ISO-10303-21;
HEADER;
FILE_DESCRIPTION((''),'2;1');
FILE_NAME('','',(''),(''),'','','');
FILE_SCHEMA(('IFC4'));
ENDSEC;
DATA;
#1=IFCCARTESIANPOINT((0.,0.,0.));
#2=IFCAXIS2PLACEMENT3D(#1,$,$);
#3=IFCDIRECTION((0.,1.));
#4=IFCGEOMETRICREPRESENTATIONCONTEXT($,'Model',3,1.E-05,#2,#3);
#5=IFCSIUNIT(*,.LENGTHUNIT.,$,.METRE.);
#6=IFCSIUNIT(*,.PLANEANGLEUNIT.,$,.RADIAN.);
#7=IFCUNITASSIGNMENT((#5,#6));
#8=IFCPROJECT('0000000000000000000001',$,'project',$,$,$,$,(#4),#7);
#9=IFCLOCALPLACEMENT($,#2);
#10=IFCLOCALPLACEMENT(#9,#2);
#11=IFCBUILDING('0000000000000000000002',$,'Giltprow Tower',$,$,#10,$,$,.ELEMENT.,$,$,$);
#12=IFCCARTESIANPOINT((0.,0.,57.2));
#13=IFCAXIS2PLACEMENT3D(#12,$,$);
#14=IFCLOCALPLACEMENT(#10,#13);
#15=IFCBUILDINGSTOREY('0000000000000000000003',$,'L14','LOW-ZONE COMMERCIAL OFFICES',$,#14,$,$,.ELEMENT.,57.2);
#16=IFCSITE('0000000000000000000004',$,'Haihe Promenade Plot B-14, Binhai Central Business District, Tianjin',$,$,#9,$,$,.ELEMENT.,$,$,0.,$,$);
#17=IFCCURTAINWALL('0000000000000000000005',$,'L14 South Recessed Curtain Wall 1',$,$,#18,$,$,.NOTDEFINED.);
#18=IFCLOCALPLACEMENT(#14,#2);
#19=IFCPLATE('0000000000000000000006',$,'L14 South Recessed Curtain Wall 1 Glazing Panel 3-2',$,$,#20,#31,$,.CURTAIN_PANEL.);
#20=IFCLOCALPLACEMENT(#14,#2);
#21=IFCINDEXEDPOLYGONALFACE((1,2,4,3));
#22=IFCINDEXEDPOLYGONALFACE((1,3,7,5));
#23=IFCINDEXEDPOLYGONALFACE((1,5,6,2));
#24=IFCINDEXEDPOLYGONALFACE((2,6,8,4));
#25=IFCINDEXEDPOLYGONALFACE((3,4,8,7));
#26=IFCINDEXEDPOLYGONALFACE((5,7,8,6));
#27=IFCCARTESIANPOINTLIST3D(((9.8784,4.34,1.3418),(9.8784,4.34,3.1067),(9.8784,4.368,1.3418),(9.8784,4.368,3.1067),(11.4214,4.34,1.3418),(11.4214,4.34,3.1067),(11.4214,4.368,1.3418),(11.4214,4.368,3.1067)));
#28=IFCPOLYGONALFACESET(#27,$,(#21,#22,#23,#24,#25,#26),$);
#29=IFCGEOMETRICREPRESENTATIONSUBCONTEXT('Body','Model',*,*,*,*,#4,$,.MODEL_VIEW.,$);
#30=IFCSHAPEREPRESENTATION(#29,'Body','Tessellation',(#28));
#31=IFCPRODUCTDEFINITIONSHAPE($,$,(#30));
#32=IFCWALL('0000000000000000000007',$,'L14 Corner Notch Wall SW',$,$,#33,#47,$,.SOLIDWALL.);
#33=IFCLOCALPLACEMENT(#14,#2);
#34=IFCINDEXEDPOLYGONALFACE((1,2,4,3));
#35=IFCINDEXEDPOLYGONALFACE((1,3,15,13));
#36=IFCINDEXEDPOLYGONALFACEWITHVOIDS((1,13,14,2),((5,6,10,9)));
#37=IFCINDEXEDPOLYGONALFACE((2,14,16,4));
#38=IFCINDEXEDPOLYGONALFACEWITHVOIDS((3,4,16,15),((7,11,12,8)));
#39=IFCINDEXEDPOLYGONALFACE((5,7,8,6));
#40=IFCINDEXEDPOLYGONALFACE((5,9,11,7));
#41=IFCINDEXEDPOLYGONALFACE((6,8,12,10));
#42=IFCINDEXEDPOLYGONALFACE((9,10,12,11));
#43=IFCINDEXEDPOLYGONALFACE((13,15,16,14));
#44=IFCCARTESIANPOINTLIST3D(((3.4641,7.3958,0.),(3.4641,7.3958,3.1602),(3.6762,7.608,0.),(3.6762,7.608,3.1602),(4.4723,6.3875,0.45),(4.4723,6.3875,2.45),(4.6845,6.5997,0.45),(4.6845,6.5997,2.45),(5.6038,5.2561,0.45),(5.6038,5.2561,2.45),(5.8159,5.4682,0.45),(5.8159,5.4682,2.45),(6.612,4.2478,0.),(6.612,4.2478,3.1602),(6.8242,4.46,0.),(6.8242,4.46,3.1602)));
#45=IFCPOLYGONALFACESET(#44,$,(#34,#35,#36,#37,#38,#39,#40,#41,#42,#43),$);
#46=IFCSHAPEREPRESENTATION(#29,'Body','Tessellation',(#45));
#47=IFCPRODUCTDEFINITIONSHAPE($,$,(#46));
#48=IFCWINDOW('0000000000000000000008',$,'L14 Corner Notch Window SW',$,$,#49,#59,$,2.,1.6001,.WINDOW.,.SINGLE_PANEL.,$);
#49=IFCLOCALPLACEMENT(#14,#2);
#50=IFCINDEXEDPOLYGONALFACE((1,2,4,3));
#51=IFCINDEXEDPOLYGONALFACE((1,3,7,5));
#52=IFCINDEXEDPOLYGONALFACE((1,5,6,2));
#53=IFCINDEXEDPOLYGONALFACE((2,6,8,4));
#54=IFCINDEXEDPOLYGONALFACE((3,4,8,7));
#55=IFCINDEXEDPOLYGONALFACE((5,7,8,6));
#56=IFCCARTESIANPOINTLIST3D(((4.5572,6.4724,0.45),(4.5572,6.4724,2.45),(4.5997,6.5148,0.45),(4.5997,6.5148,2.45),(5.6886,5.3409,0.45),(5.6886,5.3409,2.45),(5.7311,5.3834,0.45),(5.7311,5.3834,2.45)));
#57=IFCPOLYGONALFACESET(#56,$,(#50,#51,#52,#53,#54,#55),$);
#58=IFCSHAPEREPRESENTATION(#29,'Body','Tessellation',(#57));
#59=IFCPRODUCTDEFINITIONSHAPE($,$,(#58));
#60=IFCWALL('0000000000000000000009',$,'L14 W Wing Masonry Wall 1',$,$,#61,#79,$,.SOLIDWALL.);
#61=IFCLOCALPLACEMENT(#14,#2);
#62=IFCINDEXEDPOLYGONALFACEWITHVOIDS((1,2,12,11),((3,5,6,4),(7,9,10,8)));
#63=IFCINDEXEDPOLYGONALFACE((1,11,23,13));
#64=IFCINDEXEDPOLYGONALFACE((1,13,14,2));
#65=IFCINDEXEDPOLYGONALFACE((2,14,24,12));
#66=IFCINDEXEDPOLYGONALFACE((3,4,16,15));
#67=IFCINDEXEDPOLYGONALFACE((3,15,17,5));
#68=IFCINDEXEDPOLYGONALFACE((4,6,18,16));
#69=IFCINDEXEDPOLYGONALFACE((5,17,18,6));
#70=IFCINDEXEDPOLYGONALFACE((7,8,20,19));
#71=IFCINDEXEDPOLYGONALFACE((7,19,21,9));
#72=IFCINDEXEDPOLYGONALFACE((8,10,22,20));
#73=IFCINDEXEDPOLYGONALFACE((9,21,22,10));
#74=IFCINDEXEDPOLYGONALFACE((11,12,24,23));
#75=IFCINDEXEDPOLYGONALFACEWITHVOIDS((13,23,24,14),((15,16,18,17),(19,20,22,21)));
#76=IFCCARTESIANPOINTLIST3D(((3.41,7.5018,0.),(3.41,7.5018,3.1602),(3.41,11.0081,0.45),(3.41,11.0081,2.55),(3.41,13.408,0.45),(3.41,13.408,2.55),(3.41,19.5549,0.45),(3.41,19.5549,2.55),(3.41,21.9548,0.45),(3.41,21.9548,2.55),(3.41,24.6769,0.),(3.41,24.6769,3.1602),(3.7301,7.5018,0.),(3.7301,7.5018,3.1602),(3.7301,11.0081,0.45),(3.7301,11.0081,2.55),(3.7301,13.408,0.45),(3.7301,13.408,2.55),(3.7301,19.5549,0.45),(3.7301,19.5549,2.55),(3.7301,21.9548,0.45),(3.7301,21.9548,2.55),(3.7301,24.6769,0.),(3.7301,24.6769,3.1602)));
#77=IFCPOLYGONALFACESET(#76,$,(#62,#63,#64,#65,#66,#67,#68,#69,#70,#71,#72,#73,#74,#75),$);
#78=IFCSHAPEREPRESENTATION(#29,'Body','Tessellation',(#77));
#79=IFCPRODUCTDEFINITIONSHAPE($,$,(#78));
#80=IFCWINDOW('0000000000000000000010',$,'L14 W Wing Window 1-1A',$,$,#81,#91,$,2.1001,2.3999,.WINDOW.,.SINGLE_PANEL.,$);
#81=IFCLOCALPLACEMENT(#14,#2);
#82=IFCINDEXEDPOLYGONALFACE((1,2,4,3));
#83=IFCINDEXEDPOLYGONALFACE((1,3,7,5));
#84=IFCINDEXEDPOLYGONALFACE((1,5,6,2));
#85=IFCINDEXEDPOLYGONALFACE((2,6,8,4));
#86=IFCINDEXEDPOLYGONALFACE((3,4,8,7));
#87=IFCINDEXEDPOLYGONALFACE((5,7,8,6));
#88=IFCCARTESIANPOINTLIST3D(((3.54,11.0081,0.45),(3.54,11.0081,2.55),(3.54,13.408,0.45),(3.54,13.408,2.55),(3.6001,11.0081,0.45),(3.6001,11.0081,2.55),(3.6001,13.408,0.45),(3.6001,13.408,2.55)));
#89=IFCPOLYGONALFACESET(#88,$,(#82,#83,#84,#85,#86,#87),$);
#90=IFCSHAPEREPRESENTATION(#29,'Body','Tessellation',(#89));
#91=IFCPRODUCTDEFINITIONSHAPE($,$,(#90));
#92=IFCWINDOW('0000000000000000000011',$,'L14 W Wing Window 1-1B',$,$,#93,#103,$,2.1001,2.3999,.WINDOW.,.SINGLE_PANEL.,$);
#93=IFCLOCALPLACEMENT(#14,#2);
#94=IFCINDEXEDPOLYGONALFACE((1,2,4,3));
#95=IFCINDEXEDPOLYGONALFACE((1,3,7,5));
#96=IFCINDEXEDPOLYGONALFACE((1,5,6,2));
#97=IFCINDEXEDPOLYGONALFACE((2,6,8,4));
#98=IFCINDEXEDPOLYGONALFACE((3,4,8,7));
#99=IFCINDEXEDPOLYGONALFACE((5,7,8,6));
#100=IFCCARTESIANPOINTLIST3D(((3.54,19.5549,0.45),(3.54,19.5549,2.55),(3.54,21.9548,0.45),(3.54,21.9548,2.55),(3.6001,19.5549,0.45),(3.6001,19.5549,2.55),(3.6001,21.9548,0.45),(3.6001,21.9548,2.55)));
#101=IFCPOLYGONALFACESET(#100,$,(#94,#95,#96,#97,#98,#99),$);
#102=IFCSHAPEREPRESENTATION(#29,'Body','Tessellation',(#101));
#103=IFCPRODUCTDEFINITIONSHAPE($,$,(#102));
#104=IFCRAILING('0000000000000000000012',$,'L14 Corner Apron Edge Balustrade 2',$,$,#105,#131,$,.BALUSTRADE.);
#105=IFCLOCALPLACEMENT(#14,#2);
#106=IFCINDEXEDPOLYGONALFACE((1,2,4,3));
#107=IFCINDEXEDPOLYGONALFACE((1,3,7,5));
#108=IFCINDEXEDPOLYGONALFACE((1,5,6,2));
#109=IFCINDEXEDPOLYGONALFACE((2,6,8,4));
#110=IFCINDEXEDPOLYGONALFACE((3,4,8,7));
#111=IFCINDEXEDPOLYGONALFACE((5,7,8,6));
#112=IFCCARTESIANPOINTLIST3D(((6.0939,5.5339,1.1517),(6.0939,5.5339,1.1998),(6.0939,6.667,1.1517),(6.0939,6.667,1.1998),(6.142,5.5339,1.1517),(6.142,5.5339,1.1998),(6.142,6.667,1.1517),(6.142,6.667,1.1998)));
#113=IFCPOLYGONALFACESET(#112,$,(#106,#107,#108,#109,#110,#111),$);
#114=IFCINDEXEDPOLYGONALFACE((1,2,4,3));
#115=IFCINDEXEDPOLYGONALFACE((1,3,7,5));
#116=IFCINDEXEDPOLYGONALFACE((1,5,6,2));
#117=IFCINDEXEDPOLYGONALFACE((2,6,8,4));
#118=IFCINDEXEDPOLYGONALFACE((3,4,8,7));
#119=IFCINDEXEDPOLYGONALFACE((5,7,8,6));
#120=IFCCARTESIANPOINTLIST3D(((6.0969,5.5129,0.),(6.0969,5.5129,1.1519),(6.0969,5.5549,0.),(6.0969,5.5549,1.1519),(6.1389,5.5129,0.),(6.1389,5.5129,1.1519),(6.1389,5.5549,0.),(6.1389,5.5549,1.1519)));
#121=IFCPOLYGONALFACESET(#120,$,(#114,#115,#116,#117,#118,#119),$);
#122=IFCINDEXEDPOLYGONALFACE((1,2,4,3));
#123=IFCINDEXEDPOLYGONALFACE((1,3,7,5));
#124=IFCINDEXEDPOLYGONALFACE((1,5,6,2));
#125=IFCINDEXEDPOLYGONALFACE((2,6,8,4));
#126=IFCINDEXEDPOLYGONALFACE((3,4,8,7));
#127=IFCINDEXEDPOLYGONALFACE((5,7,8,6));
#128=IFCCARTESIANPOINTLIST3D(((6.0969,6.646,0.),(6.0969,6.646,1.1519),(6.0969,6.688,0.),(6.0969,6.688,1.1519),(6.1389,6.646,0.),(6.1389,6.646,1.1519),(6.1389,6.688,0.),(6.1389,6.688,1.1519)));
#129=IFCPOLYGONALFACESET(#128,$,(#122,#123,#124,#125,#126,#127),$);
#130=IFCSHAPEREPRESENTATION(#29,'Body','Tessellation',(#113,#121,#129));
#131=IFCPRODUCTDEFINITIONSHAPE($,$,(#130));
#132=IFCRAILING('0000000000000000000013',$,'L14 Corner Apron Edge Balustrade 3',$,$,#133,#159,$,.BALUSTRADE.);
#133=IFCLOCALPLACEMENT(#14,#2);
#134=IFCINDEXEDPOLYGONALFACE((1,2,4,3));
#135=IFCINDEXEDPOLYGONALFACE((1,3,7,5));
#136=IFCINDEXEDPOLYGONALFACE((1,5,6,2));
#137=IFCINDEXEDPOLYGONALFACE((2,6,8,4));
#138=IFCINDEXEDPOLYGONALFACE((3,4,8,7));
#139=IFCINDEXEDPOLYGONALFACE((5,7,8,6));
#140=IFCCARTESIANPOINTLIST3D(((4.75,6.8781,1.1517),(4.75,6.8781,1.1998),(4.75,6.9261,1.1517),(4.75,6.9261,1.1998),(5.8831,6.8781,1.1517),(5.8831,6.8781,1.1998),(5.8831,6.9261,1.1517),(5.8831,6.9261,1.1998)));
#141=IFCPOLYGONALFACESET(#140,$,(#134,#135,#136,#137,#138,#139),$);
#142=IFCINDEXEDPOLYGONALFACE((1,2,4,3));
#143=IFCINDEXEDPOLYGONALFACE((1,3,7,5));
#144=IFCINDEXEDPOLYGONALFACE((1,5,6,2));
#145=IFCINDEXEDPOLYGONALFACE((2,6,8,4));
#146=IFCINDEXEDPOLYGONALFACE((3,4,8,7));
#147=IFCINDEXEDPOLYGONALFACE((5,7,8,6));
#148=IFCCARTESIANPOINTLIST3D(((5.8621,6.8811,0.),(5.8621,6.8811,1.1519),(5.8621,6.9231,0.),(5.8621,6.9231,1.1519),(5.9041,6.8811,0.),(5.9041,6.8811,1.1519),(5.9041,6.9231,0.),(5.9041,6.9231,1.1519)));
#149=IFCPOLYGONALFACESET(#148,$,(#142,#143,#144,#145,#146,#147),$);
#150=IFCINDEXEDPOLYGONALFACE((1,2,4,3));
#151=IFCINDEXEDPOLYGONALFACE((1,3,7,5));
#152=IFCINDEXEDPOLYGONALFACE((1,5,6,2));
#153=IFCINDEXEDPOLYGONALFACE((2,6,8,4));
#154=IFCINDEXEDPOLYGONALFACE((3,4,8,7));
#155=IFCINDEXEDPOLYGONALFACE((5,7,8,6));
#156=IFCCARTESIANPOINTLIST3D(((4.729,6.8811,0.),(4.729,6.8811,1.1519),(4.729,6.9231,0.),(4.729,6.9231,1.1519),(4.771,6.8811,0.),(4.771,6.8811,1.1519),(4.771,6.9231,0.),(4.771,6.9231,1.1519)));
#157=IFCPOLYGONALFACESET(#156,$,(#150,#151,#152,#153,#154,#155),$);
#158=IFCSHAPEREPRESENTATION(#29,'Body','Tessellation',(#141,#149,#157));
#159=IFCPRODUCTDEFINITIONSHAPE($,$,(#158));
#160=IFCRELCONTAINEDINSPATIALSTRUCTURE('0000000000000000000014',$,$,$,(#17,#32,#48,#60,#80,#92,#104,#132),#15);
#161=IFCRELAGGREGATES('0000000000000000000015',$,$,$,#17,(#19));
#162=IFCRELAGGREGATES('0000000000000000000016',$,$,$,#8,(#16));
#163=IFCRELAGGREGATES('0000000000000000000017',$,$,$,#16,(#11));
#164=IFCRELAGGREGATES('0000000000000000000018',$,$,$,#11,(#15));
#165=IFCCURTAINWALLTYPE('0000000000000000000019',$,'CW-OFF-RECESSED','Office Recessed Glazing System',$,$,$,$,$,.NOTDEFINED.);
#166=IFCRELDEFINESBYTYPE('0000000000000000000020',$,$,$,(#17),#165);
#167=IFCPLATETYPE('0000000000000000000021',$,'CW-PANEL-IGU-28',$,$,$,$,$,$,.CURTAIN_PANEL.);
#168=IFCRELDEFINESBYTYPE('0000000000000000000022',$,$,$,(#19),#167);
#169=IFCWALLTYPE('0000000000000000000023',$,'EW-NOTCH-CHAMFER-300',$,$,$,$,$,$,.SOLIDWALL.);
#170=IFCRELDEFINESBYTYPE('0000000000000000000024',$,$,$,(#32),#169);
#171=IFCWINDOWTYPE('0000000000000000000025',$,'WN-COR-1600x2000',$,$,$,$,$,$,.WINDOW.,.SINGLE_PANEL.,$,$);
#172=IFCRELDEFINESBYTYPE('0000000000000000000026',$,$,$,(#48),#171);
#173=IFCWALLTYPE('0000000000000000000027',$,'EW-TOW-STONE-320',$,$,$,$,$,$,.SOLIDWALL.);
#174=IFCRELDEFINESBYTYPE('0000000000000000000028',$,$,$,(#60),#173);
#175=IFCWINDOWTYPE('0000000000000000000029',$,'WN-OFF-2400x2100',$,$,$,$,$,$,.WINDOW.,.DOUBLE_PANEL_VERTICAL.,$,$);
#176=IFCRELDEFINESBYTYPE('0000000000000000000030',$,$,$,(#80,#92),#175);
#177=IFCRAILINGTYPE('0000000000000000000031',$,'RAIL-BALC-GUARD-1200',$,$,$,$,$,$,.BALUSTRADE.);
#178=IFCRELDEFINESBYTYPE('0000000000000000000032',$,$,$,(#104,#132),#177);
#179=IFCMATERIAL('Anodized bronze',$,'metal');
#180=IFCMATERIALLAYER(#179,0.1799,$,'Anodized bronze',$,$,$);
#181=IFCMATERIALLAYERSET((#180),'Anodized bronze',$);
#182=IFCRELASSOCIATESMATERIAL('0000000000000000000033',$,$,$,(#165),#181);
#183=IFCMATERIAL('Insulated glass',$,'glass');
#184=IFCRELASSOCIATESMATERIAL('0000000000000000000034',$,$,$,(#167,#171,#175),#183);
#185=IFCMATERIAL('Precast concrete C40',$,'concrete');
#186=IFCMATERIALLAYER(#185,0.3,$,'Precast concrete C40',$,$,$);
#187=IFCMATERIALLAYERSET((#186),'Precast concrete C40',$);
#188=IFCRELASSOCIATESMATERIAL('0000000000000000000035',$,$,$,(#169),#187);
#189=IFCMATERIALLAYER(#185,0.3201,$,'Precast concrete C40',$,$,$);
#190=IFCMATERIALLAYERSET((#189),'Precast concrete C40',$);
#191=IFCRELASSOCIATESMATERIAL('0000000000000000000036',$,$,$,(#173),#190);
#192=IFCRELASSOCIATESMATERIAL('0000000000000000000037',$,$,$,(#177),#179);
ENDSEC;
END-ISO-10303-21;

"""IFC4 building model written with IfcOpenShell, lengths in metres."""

from ifc_helpers import new_model, si_unit, direction, frame, frame_2d, origin, origin_2d, place, context, subcontext, project, spatial, rectangle, extrude, source, transform, mapped, material, layer, layer_set, type_object, element, fill, aggregate, save


model = new_model("IFC4")

# Units and contexts
model_context = context("Model", 3, precision=1e-05, world=origin(), true_north=direction((0.0, 1.0)))
body_context = subcontext(model_context, "Body", "Model", "MODEL_VIEW")
ifc_project = project(units=[si_unit("LENGTHUNIT", "METRE"), si_unit("PLANEANGLEUNIT", "RADIAN")], contexts=[model_context])

# Site, building, storey
site_placement = place(None, origin())
site = spatial("IfcSite", under=ifc_project, at=site_placement, Name="Haihe Promenade Plot B-14, Binhai Central Business District, Tianjin", CompositionType="ELEMENT", RefElevation=0.0)
building_placement = place(site_placement, origin())
building = spatial("IfcBuilding", under=site, at=building_placement, Name="Giltprow Tower", CompositionType="ELEMENT")
storey_placement = place(building_placement, frame((0.0, 0.0, 57.2)))
storey = spatial("IfcBuildingStorey", under=building, at=storey_placement, Name="L14", Description="LOW-ZONE COMMERCIAL OFFICES", CompositionType="ELEMENT", Elevation=57.2)

# Curtain wall
ifc_material_1 = material(Name="Anodized bronze", Category="metal")
ifc_layer_1 = layer(ifc_material_1, 0.1799, Name="Anodized bronze")
ifc_layer_set_1 = layer_set([ifc_layer_1], Name="Anodized bronze")
curtain_wall_type = type_object("IfcCurtainWallType", Name="CW-OFF-RECESSED", Description="Office Recessed Glazing System", PredefinedType="NOTDEFINED", material=ifc_layer_set_1)
curtain_wall_placement = place(storey_placement, origin())
curtain_wall = element("IfcCurtainWall", 1, at=curtain_wall_placement, inside=storey, type_object=curtain_wall_type, Name="L14 South Recessed Curtain Wall 1", PredefinedType="NOTDEFINED")

# Plate
ifc_material_2 = material(Name="Insulated glass", Category="glass")
plate_type_1 = type_object("IfcPlateType", Name="CW-PANEL-IGU-28", PredefinedType="CURTAIN_PANEL", material=ifc_material_2)
shared_shape_1 = source(origin(), body_context, "Body", "SweptSolid", [
    extrude(rectangle(XDim=1.543, YDim=0.0281, at=origin_2d()), origin(), (0.0, 0.0, 1.0), 1.7649),
])
plate_1_placement = place(storey_placement, frame((10.6499, 4.354, 1.3418), z_axis=(0.0, 0.0, 1.0), x_axis=(1.0, 0.0, 0.0)))
plate_1 = element("IfcPlate", 2, at=plate_1_placement, type_object=plate_type_1, Name="L14 South Recessed Curtain Wall 1 Glazing Panel 3-2", PredefinedType="CURTAIN_PANEL", context=body_context, shape_type="MappedRepresentation", body=[
    mapped(shared_shape_1, transform((0.0, 0.0, 0.0), x_axis=(1.0, 0.0, 0.0), y_axis=(0.0, 1.0, 0.0), z_axis=(0.0, 0.0, 1.0), scale=1.0)),
])
aggregate(curtain_wall, [plate_1])

# Wall, opening, window
ifc_material_3 = material(Name="Precast concrete C40", Category="concrete")
ifc_layer_2 = layer(ifc_material_3, 0.3, Name="Precast concrete C40")
ifc_layer_set_2 = layer_set([ifc_layer_2], Name="Precast concrete C40")
wall_type_1 = type_object("IfcWallType", Name="EW-NOTCH-CHAMFER-300", PredefinedType="SOLIDWALL", material=ifc_layer_set_2)
wall_1_placement = place(storey_placement, frame((3.5701, 7.502, 0.0), z_axis=(0.0, 0.0, 1.0), x_axis=(0.707107, -0.707107, 0.0)))
wall_1 = element("IfcWall", 3, at=wall_1_placement, inside=storey, type_object=wall_type_1, Name="L14 Corner Notch Wall SW", PredefinedType="SOLIDWALL", context=body_context, shape_type="SweptSolid", body=[
    extrude(rectangle(XDim=4.4519, YDim=0.3, at=frame_2d((2.2261, 0.0))), origin(), (0.0, 0.0, 1.0), 3.1602),
])
opening_1_placement = place(wall_1_placement, frame((1.426, 0.0, 0.45)))
opening_1 = element("IfcOpeningElement", 4, at=opening_1_placement, cuts=wall_1, PredefinedType="OPENING", context=body_context, shape_type="SweptSolid", body=[
    extrude(rectangle(XDim=1.6001, YDim=2.0, at=frame_2d((0.8, 1.0))), frame((0.0, 0.1599, 0.0), z_axis=(0.0, -1.0, 0.0), x_axis=(1.0, 0.0, 0.0)), (0.0, 0.0, 1.0), 0.3201),
])
window_type_1 = type_object("IfcWindowType", Name="WN-COR-1600x2000", PartitioningType="SINGLE_PANEL", PredefinedType="WINDOW", material=ifc_material_2)
shared_shape_2 = source(origin(), body_context, "Body", "SweptSolid", [
    extrude(rectangle(XDim=1.6001, YDim=2.0, at=frame_2d((0.8, 1.0))), frame((0.0, 0.03, 0.0), z_axis=(0.0, -1.0, 0.0), x_axis=(1.0, 0.0, 0.0)), (0.0, 0.0, 1.0), 0.0601),
])
window_1_placement = place(opening_1_placement, origin())
window_1 = element("IfcWindow", 5, at=window_1_placement, inside=storey, type_object=window_type_1, Name="L14 Corner Notch Window SW", OverallHeight=2.0, OverallWidth=1.6001, PartitioningType="SINGLE_PANEL", PredefinedType="WINDOW", context=body_context, shape_type="MappedRepresentation", body=[
    mapped(shared_shape_2, transform((0.0, 0.0, 0.0), x_axis=(1.0, 0.0, 0.0), y_axis=(0.0, 1.0, 0.0), z_axis=(0.0, 0.0, 1.0), scale=1.0)),
])
fill(opening_1, window_1)

# Wall, openings, windows
ifc_layer_3 = layer(ifc_material_3, 0.3201, Name="Precast concrete C40")
ifc_layer_set_3 = layer_set([ifc_layer_3], Name="Precast concrete C40")
wall_type_2 = type_object("IfcWallType", Name="EW-TOW-STONE-320", PredefinedType="SOLIDWALL", material=ifc_layer_set_3)
wall_2_placement = place(storey_placement, frame((3.5701, 7.502, 0.0), z_axis=(0.0, 0.0, 1.0), x_axis=(0.0, 1.0, 0.0)))
wall_2 = element("IfcWall", 6, at=wall_2_placement, inside=storey, type_object=wall_type_2, Name="L14 W Wing Masonry Wall 1", PredefinedType="SOLIDWALL", context=body_context, shape_type="SweptSolid", body=[
    extrude(rectangle(XDim=17.175, YDim=0.3201, at=frame_2d((8.5874, 0.0))), origin(), (0.0, 0.0, 1.0), 3.1602),
])
opening_2_placement = place(wall_2_placement, frame((3.5061, 0.0, 0.45)))
opening_2 = element("IfcOpeningElement", 7, at=opening_2_placement, cuts=wall_2, PredefinedType="OPENING", context=body_context, shape_type="SweptSolid", body=[
    extrude(rectangle(XDim=2.3999, YDim=2.1001, at=frame_2d((1.2, 1.05))), frame((0.0, 0.1699, 0.0), z_axis=(0.0, -1.0, 0.0), x_axis=(1.0, 0.0, 0.0)), (0.0, 0.0, 1.0), 0.3401),
])
opening_3_placement = place(wall_2_placement, frame((12.053, 0.0, 0.45)))
opening_3 = element("IfcOpeningElement", 8, at=opening_3_placement, cuts=wall_2, PredefinedType="OPENING", context=body_context, shape_type="SweptSolid", body=[
    extrude(rectangle(XDim=2.3999, YDim=2.1001, at=frame_2d((1.2, 1.05))), frame((0.0, 0.1699, 0.0), z_axis=(0.0, -1.0, 0.0), x_axis=(1.0, 0.0, 0.0)), (0.0, 0.0, 1.0), 0.3401),
])
window_type_2 = type_object("IfcWindowType", Name="WN-OFF-2400x2100", PartitioningType="DOUBLE_PANEL_VERTICAL", PredefinedType="WINDOW", material=ifc_material_2)
shared_shape_3 = source(origin(), body_context, "Body", "SweptSolid", [
    extrude(rectangle(XDim=2.3999, YDim=2.1001, at=frame_2d((1.2, 1.05))), frame((0.0, 0.03, 0.0), z_axis=(0.0, -1.0, 0.0), x_axis=(1.0, 0.0, 0.0)), (0.0, 0.0, 1.0), 0.0601),
])
window_2_placement = place(opening_2_placement, origin())
window_2 = element("IfcWindow", 9, at=window_2_placement, inside=storey, type_object=window_type_2, Name="L14 W Wing Window 1-1A", OverallHeight=2.1001, OverallWidth=2.3999, PartitioningType="SINGLE_PANEL", PredefinedType="WINDOW", context=body_context, shape_type="MappedRepresentation", body=[
    mapped(shared_shape_3, transform((0.0, 0.0, 0.0), x_axis=(1.0, 0.0, 0.0), y_axis=(0.0, 1.0, 0.0), z_axis=(0.0, 0.0, 1.0), scale=1.0)),
])
fill(opening_2, window_2)
window_3_placement = place(opening_3_placement, origin())
window_3 = element("IfcWindow", 10, at=window_3_placement, inside=storey, type_object=window_type_2, Name="L14 W Wing Window 1-1B", OverallHeight=2.1001, OverallWidth=2.3999, PartitioningType="SINGLE_PANEL", PredefinedType="WINDOW", context=body_context, shape_type="MappedRepresentation", body=[
    mapped(shared_shape_3, transform((0.0, 0.0, 0.0), x_axis=(1.0, 0.0, 0.0), y_axis=(0.0, 1.0, 0.0), z_axis=(0.0, 0.0, 1.0), scale=1.0)),
])
fill(opening_3, window_3)

# Railings
railing_type = type_object("IfcRailingType", Name="RAIL-BALC-GUARD-1200", PredefinedType="BALUSTRADE", material=ifc_material_1)
railing_1_placement = place(storey_placement, frame((6.1179, 5.5339, 0.0)))
element("IfcRailing", 11, at=railing_1_placement, inside=storey, type_object=railing_type, Name="L14 Corner Apron Edge Balustrade 2", PredefinedType="BALUSTRADE", context=body_context, shape_type="SweptSolid", body=[
    extrude(rectangle(XDim=0.0481, YDim=0.0481, at=origin_2d()), frame((0.0, 0.0, 1.1758), z_axis=(0.0, 1.0, 0.0), x_axis=(-1.0, 0.0, 0.0)), (0.0, 0.0, 1.0), 1.1331),
    extrude(rectangle(XDim=0.042, YDim=0.042, at=origin_2d()), origin(), (0.0, 0.0, 1.0), 1.1519),
    extrude(rectangle(XDim=0.042, YDim=0.042, at=origin_2d()), frame((0.0, 1.1331, 0.0)), (0.0, 0.0, 1.0), 1.1519),
])
railing_2_placement = place(storey_placement, frame((5.8831, 6.9021, 0.0)))
element("IfcRailing", 12, at=railing_2_placement, inside=storey, type_object=railing_type, Name="L14 Corner Apron Edge Balustrade 3", PredefinedType="BALUSTRADE", context=body_context, shape_type="SweptSolid", body=[
    extrude(rectangle(XDim=0.0481, YDim=0.0481, at=origin_2d()), frame((0.0, 0.0, 1.1758), z_axis=(-1.0, 0.0, 0.0), x_axis=(0.0, -1.0, 0.0)), (0.0, 0.0, 1.0), 1.1331),
    extrude(rectangle(XDim=0.042, YDim=0.042, at=origin_2d()), origin(), (0.0, 0.0, 1.0), 1.1519),
    extrude(rectangle(XDim=0.042, YDim=0.042, at=origin_2d()), frame((-1.1331, 0.0, 0.0)), (0.0, 0.0, 1.0), 1.1519),
])

save(model, "model.ifc")
